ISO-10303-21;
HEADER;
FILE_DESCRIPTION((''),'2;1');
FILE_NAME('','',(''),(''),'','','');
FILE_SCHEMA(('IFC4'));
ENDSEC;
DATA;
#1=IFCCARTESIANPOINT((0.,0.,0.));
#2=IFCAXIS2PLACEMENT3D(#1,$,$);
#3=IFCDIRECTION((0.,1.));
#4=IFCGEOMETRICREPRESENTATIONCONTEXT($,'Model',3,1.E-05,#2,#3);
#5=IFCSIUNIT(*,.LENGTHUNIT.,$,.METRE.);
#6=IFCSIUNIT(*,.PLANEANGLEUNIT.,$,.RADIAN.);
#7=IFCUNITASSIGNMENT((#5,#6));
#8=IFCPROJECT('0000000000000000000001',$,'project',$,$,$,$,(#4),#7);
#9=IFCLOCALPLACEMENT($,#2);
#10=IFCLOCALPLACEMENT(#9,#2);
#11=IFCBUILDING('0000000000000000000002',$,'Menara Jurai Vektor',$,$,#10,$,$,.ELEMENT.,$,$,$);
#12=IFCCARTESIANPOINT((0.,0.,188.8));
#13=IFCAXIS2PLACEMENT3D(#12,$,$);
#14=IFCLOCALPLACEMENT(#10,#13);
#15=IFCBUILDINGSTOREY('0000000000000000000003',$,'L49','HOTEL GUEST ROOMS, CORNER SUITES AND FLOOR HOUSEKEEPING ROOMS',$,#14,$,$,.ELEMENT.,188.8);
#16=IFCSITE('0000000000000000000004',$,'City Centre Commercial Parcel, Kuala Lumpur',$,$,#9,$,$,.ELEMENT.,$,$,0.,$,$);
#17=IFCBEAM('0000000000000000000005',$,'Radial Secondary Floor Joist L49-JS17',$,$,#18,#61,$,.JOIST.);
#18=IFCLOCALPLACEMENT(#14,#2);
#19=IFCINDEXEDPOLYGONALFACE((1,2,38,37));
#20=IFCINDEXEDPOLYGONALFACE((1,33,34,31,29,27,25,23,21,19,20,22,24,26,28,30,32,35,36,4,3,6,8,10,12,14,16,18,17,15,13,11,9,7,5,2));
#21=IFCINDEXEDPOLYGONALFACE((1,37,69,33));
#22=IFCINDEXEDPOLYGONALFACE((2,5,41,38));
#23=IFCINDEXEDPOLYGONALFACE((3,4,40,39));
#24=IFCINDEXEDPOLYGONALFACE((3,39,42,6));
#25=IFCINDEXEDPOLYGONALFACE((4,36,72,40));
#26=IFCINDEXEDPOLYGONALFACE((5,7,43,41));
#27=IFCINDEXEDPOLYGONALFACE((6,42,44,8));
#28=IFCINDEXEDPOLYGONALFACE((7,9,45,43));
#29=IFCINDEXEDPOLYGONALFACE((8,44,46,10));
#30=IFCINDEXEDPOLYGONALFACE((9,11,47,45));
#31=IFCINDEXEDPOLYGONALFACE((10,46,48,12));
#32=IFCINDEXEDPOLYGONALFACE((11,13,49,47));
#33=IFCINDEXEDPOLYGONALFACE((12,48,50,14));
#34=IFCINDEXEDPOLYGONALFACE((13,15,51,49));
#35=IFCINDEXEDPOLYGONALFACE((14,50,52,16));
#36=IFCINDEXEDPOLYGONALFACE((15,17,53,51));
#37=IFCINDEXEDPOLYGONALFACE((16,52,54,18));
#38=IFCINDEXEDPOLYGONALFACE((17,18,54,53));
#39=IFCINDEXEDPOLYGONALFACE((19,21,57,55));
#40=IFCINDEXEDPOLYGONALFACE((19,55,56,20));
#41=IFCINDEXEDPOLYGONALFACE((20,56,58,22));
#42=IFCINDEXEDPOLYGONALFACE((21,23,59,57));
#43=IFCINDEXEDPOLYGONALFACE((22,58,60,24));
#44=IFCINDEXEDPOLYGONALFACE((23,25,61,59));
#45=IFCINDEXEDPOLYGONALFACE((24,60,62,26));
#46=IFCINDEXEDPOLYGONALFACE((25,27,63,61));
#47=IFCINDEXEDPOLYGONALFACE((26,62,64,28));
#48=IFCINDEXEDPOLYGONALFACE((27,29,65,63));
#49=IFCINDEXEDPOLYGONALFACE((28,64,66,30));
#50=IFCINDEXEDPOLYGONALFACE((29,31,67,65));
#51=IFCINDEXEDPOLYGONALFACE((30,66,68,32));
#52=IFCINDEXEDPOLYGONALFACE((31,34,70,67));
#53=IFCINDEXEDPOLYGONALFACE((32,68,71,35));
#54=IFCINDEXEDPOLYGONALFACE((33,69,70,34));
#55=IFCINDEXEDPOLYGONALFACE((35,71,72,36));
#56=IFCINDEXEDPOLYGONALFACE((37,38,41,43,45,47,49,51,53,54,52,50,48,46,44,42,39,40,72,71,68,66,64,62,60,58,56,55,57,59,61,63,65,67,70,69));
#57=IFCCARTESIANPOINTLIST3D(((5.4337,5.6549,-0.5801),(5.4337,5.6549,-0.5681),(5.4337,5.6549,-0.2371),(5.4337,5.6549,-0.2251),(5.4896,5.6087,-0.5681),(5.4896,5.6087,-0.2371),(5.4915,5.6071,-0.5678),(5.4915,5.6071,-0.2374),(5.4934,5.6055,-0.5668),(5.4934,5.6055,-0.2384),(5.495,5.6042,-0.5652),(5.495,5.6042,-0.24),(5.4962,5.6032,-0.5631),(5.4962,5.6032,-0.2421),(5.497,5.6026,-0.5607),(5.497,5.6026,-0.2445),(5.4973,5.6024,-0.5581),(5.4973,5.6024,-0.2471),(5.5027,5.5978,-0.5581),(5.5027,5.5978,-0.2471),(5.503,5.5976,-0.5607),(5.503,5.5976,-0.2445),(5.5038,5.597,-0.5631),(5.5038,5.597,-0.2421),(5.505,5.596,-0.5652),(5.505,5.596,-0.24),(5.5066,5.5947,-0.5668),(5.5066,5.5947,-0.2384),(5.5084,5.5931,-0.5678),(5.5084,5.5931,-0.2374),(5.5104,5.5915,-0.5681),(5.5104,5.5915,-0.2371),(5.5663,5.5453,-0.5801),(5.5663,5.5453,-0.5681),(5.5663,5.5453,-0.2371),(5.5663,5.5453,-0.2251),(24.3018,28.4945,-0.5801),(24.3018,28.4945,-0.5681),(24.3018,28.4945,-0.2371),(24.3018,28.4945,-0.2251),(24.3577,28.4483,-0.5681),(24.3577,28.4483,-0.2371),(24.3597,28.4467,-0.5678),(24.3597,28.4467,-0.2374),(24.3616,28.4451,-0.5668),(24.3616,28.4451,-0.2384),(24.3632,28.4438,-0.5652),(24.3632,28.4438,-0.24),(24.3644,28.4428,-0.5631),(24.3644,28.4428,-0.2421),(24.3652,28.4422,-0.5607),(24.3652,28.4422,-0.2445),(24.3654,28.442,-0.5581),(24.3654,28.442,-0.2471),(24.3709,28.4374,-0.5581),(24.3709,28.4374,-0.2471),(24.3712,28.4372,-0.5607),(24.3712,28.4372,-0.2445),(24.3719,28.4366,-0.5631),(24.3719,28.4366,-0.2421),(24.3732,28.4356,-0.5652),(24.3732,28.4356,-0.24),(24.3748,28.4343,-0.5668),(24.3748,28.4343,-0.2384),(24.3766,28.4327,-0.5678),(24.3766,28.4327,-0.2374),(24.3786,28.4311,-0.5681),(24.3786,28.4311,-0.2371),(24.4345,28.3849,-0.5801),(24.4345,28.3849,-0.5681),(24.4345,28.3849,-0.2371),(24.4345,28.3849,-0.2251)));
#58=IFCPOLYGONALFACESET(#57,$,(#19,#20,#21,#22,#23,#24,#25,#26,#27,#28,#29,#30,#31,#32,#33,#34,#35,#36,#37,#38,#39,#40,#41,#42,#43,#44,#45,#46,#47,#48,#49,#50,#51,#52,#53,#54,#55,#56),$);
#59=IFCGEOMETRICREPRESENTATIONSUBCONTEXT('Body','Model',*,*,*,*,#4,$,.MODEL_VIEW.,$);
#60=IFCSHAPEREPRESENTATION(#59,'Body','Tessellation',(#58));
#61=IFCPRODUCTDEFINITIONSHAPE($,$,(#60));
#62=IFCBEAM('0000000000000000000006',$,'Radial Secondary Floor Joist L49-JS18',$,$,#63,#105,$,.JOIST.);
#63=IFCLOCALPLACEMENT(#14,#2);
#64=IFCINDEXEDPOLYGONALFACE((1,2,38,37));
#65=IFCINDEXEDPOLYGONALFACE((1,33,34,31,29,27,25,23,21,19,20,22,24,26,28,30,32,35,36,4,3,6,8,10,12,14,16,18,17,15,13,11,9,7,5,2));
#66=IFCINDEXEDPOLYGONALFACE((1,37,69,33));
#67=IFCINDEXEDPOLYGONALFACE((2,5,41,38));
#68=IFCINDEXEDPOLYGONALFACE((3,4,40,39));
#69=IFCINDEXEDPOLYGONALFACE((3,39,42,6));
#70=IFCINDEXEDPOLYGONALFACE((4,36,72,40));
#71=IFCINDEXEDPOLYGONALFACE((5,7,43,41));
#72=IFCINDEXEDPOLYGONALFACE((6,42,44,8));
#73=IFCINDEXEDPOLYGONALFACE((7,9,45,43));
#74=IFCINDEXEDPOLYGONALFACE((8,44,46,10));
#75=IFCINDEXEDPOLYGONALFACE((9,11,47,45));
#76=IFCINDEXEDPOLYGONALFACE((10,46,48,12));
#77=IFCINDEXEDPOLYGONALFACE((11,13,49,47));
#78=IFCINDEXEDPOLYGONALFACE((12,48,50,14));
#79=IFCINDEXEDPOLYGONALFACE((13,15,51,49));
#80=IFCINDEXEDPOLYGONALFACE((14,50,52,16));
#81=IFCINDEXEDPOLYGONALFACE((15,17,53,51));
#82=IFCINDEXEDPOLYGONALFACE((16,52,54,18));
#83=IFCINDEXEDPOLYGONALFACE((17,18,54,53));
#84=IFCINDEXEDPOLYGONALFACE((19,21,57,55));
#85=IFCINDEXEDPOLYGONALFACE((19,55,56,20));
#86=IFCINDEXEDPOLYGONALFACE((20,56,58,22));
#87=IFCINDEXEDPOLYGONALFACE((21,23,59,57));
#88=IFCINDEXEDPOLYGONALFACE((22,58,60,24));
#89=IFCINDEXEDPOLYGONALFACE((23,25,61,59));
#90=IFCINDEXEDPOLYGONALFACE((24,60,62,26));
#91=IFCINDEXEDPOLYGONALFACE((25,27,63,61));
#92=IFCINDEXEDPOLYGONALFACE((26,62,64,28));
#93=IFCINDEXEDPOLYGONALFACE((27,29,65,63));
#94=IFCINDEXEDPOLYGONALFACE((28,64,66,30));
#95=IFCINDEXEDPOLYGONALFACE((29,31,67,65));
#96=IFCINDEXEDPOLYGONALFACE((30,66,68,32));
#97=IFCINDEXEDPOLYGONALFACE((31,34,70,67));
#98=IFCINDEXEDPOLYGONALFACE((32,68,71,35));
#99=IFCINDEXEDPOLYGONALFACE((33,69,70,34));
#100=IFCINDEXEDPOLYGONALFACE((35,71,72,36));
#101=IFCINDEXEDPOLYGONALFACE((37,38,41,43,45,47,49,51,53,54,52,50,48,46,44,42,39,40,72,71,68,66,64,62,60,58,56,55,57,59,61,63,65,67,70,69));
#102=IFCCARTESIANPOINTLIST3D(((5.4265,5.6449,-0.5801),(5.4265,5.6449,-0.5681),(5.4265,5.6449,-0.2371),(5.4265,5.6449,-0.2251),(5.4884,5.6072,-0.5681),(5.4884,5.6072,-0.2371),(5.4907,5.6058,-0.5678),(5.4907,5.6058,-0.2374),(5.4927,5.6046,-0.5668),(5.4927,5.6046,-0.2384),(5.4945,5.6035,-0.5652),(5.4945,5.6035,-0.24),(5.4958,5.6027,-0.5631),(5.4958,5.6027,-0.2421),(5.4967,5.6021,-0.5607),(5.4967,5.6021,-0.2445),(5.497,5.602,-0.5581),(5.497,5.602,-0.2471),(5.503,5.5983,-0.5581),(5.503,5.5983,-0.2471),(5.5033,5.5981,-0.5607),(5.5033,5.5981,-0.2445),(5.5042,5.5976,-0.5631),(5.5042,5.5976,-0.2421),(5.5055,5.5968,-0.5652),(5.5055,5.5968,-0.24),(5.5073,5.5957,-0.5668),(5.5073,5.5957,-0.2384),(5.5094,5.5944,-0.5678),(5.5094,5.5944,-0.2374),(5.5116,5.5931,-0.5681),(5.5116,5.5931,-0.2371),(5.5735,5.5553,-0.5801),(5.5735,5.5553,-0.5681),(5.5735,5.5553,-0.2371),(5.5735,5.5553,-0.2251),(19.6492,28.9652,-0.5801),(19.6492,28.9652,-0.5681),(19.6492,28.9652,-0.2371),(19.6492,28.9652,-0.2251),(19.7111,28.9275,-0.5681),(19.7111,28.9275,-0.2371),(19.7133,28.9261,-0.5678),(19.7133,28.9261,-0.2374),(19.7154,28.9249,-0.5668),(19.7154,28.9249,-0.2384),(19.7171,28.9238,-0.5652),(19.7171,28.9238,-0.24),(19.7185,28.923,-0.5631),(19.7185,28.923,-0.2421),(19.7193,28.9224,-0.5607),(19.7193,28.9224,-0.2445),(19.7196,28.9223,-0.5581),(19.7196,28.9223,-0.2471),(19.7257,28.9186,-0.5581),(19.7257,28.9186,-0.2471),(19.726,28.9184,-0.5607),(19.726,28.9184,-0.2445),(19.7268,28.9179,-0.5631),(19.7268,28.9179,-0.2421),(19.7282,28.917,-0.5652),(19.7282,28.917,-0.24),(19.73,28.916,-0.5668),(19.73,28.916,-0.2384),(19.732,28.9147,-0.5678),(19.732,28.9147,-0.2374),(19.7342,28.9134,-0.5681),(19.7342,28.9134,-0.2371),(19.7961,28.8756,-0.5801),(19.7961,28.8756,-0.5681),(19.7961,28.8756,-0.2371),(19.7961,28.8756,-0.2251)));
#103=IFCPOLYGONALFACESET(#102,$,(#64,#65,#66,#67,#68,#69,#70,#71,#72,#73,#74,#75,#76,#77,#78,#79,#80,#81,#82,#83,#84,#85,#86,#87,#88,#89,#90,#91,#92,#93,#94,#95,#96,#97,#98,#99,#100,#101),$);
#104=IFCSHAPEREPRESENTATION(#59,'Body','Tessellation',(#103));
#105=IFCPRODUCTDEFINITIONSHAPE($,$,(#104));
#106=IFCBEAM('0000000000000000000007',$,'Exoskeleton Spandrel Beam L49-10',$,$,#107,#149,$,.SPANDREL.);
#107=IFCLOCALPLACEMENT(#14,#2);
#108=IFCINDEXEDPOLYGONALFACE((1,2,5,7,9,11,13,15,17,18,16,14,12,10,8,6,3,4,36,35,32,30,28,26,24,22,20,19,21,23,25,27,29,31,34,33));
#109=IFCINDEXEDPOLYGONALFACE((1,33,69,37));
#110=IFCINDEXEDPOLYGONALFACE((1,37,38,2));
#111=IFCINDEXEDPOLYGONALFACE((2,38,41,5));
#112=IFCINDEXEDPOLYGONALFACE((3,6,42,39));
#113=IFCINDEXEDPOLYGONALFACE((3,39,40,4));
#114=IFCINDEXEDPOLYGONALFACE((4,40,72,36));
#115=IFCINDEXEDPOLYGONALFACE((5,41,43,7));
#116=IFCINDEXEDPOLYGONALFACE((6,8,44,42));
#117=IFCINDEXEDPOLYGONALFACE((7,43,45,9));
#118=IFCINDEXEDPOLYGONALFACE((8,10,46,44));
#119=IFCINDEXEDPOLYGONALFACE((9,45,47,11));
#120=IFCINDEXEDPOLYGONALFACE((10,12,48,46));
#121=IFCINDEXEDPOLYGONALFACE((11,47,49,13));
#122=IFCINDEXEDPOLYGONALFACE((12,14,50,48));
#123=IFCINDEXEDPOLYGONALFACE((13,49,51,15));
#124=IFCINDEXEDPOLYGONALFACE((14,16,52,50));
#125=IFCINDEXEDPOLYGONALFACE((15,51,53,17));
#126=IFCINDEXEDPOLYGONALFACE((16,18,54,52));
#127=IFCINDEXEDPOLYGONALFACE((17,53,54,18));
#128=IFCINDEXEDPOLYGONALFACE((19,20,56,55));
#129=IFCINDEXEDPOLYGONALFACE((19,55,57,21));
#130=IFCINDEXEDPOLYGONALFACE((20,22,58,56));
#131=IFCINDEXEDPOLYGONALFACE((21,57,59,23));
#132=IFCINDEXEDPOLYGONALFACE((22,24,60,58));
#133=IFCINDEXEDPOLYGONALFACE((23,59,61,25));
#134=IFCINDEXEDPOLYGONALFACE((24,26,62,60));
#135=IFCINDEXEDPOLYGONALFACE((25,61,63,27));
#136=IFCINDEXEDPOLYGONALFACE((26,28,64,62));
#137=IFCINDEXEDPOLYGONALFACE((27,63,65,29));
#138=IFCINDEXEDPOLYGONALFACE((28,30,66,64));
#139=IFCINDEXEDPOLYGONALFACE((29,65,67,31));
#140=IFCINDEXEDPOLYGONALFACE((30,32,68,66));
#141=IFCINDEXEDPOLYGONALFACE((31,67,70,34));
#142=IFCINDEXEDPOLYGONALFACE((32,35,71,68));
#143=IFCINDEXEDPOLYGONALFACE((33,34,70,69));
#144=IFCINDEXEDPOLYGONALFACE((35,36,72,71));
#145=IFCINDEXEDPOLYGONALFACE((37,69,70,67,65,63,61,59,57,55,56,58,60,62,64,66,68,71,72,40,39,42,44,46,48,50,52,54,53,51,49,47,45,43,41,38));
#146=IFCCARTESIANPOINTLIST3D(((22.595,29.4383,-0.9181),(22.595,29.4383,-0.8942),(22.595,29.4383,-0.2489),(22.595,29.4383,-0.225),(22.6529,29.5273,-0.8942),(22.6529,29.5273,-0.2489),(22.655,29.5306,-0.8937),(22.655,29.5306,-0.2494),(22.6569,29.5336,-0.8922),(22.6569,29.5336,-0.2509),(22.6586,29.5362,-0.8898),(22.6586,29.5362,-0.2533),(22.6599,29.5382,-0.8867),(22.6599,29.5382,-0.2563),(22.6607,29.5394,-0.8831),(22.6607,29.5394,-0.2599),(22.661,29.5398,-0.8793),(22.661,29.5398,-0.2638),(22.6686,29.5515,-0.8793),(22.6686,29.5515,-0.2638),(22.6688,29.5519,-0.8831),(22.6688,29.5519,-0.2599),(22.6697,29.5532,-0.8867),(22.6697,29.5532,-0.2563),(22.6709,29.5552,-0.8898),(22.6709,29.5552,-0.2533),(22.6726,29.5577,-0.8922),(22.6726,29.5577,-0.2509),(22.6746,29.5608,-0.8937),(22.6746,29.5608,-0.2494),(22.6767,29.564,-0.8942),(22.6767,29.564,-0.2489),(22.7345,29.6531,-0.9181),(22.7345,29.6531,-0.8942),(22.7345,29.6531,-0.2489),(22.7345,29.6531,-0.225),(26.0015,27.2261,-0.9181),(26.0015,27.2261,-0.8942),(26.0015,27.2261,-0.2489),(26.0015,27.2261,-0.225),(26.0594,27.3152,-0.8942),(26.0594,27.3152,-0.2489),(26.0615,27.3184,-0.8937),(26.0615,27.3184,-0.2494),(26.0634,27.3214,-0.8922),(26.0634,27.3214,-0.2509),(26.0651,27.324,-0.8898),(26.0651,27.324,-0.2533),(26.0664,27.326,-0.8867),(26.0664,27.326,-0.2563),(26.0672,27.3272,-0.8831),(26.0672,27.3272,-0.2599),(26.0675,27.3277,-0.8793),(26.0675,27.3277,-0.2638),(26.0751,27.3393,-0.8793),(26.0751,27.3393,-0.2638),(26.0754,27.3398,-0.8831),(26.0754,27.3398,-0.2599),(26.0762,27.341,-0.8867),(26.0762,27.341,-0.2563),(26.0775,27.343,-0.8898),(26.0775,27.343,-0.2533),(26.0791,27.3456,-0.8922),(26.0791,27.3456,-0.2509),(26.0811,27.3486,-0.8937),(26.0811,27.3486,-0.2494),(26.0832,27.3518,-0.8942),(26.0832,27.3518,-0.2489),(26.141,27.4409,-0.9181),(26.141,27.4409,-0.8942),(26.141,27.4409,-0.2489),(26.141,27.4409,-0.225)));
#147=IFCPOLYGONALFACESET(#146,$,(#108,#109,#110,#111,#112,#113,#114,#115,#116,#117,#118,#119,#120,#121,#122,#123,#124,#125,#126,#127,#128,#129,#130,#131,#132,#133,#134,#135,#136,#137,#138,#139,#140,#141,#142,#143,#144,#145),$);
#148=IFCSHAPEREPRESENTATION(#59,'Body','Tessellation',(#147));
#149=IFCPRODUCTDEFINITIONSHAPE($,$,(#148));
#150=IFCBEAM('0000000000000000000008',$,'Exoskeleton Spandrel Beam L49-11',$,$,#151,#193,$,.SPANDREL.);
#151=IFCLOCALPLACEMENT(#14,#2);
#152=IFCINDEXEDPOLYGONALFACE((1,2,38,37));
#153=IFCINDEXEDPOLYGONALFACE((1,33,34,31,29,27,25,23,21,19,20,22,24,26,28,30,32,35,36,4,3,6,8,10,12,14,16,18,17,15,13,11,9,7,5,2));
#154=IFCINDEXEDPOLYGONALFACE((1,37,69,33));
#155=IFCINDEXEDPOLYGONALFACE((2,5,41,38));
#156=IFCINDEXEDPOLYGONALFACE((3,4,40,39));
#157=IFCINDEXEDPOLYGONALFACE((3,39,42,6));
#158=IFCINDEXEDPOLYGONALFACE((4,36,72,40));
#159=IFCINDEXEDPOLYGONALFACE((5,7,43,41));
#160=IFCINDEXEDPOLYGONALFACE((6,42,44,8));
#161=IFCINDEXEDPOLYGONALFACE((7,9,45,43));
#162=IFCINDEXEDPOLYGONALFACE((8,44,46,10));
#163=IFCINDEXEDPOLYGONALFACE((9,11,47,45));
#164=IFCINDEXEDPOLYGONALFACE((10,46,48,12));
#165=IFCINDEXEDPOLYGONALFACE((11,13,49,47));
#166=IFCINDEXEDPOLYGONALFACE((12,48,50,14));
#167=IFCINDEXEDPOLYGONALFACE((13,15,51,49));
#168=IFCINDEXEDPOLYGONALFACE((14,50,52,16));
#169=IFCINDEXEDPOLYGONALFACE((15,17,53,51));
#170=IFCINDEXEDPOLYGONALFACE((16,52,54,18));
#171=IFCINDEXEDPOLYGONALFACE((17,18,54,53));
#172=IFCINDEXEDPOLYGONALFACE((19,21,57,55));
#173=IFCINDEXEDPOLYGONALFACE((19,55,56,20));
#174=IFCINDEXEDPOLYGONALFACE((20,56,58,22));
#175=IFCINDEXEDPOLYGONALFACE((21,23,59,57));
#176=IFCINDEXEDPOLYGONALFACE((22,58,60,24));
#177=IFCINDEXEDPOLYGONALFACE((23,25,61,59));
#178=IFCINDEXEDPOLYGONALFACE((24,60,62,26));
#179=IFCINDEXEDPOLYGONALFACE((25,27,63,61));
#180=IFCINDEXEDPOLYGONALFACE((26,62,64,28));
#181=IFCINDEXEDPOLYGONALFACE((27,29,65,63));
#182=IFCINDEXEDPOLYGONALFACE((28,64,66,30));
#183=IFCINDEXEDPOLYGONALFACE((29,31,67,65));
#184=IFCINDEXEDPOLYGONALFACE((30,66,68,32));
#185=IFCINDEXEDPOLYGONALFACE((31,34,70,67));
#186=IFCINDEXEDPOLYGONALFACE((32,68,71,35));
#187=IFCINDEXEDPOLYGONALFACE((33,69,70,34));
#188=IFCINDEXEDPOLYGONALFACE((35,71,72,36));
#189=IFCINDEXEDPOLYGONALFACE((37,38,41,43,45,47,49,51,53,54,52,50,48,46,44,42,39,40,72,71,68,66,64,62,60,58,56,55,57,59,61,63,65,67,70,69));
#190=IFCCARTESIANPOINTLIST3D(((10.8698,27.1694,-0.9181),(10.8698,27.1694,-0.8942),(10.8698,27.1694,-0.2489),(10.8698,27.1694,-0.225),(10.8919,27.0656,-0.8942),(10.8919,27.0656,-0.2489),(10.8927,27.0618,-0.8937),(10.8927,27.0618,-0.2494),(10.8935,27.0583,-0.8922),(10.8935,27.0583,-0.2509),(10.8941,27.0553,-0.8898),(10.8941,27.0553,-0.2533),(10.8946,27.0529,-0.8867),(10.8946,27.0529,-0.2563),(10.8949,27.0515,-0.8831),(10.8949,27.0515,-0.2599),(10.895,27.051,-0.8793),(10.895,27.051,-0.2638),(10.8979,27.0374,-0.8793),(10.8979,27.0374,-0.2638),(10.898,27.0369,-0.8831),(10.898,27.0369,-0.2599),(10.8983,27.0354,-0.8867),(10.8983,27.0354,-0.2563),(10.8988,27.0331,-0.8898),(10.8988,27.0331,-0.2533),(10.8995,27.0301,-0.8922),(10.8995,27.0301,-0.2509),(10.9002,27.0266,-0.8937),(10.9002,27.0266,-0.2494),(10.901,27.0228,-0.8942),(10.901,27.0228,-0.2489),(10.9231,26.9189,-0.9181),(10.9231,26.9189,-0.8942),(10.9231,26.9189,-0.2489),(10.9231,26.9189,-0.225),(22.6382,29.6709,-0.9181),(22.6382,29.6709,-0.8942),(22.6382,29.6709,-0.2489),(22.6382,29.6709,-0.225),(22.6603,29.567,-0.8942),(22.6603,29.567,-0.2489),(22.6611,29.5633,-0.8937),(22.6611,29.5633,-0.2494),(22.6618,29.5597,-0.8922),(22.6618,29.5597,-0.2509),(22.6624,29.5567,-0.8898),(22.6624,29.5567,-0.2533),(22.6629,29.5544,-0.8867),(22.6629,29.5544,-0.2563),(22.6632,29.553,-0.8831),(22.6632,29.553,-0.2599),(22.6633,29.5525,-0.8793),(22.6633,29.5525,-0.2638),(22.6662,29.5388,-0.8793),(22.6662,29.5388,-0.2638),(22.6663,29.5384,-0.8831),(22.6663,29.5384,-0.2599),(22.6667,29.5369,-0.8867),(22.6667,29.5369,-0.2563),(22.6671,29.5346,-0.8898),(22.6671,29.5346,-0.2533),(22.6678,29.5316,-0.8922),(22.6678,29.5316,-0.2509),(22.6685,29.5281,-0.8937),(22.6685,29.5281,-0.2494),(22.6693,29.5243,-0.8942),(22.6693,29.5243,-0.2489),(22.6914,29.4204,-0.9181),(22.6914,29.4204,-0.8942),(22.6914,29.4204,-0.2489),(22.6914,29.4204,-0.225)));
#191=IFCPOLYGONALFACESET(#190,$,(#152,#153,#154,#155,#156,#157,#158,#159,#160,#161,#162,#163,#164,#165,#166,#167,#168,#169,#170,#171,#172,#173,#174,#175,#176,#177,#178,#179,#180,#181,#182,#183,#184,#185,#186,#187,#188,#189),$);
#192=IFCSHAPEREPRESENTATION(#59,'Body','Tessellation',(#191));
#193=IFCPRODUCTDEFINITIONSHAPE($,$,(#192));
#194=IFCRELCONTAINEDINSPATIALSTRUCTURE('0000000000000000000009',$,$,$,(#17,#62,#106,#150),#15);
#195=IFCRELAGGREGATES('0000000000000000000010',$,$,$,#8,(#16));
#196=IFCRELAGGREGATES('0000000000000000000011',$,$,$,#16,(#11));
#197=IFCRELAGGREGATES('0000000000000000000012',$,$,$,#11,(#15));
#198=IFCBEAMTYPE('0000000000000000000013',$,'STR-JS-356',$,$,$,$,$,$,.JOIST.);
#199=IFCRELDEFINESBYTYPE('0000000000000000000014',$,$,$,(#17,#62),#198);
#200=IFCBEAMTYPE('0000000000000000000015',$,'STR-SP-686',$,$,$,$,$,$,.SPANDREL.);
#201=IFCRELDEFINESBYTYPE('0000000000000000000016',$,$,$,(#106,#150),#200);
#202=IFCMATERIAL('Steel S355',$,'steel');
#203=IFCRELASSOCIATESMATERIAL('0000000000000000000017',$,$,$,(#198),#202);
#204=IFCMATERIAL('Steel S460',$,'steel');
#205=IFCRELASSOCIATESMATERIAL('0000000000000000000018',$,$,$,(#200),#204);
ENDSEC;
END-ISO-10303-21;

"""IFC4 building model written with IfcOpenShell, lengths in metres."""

from ifc_helpers import new_model, si_unit, direction, frame, origin, origin_2d, place, context, subcontext, project, spatial, i_section, extrude, material, material_profile, profile_set, type_object, element, save


model = new_model("IFC4")

# Units and contexts
model_context = context("Model", 3, precision=1e-05, world=origin(), true_north=direction((0.0, 1.0)))
body_context = subcontext(model_context, "Body", "Model", "MODEL_VIEW")
ifc_project = project(units=[si_unit("LENGTHUNIT", "METRE"), si_unit("PLANEANGLEUNIT", "RADIAN")], contexts=[model_context])

# Site, building, storey
site_placement = place(None, origin())
site = spatial("IfcSite", under=ifc_project, at=site_placement, Name="City Centre Commercial Parcel, Kuala Lumpur", CompositionType="ELEMENT", RefElevation=0.0)
building_placement = place(site_placement, origin())
building = spatial("IfcBuilding", under=site, at=building_placement, Name="Menara Jurai Vektor", CompositionType="ELEMENT")
storey_placement = place(building_placement, frame((0.0, 0.0, 188.8)))
storey = spatial("IfcBuildingStorey", under=building, at=storey_placement, Name="L49", Description="HOTEL GUEST ROOMS, CORNER SUITES AND FLOOR HOUSEKEEPING ROOMS", CompositionType="ELEMENT", Elevation=188.8)

# Shared definitions
ifc_material_1 = material(Name="Steel S460", Category="steel")

# Shared definitions
ifc_material_2 = material(Name="Steel S355", Category="steel")

# Beams
ifc_material_profile_1 = material_profile(ifc_material_2, i_section(OverallWidth=0.1721, OverallDepth=0.355, WebThickness=0.0071, FlangeThickness=0.012, FilletRadius=0.01, at=origin_2d()), Name="UKB 356x171x51")
ifc_profile_set_1 = profile_set([ifc_material_profile_1], Name="Steel S355")
beam_type_1 = type_object("IfcBeamType", Name="STR-JS-356", PredefinedType="JOIST", material=ifc_profile_set_1)
beam_1_placement = place(storey_placement, frame((24.3682, 28.4397, -0.4026), z_axis=(-0.636895, -0.770951, 0.0), x_axis=(0.770951, -0.636895, 0.0)))
element("IfcBeam", 1, at=beam_1_placement, inside=storey, type_object=beam_type_1, Name="Radial Secondary Floor Joist L49-JS17", PredefinedType="JOIST", context=body_context, shape_type="SweptSolid", body=[
    extrude(i_section(OverallWidth=0.1721, OverallDepth=0.355, WebThickness=0.0071, FlangeThickness=0.012, FilletRadius=0.01, at=origin_2d()), origin(), (0.0, 0.0, 1.0), 29.6252),
])
beam_2_placement = place(storey_placement, frame((19.7227, 28.9204, -0.4026), z_axis=(-0.520686, -0.853748, 0.0), x_axis=(0.853748, -0.520686, 0.0)))
element("IfcBeam", 2, at=beam_2_placement, inside=storey, type_object=beam_type_1, Name="Radial Secondary Floor Joist L49-JS18", PredefinedType="JOIST", context=body_context, shape_type="SweptSolid", body=[
    extrude(i_section(OverallWidth=0.1721, OverallDepth=0.355, WebThickness=0.0071, FlangeThickness=0.012, FilletRadius=0.01, at=origin_2d()), origin(), (0.0, 0.0, 1.0), 27.3152),
])
ifc_material_profile_2 = material_profile(ifc_material_1, i_section(OverallWidth=0.2561, OverallDepth=0.6931, WebThickness=0.0139, FlangeThickness=0.0239, FilletRadius=0.0149, at=origin_2d()), Name="UKB 686x254x170")
ifc_profile_set_2 = profile_set([ifc_material_profile_2], Name="Steel S460")
beam_type_2 = type_object("IfcBeamType", Name="STR-SP-686", PredefinedType="SPANDREL", material=ifc_profile_set_2)
beam_3_placement = place(storey_placement, frame((26.0713, 27.3335, -0.5715), z_axis=(-0.838676, 0.544631, 0.0), x_axis=(-0.544631, -0.838676, 0.0)))
element("IfcBeam", 3, at=beam_3_placement, inside=storey, type_object=beam_type_2, Name="Exoskeleton Spandrel Beam L49-10", PredefinedType="SPANDREL", context=body_context, shape_type="SweptSolid", body=[
    extrude(i_section(OverallWidth=0.2561, OverallDepth=0.6931, WebThickness=0.0139, FlangeThickness=0.0239, FilletRadius=0.0149, at=origin_2d()), origin(), (0.0, 0.0, 1.0), 4.0618),
])
beam_4_placement = place(storey_placement, frame((22.6648, 29.5457, -0.5715), z_axis=(-0.978147, -0.207914, 0.0), x_axis=(0.207914, -0.978147, 0.0)))
element("IfcBeam", 4, at=beam_4_placement, inside=storey, type_object=beam_type_2, Name="Exoskeleton Spandrel Beam L49-11", PredefinedType="SPANDREL", context=body_context, shape_type="SweptSolid", body=[
    extrude(i_section(OverallWidth=0.2561, OverallDepth=0.6931, WebThickness=0.0139, FlangeThickness=0.0239, FilletRadius=0.0149, at=origin_2d()), origin(), (0.0, 0.0, 1.0), 12.0312),
])

save(model, "model.ifc")
